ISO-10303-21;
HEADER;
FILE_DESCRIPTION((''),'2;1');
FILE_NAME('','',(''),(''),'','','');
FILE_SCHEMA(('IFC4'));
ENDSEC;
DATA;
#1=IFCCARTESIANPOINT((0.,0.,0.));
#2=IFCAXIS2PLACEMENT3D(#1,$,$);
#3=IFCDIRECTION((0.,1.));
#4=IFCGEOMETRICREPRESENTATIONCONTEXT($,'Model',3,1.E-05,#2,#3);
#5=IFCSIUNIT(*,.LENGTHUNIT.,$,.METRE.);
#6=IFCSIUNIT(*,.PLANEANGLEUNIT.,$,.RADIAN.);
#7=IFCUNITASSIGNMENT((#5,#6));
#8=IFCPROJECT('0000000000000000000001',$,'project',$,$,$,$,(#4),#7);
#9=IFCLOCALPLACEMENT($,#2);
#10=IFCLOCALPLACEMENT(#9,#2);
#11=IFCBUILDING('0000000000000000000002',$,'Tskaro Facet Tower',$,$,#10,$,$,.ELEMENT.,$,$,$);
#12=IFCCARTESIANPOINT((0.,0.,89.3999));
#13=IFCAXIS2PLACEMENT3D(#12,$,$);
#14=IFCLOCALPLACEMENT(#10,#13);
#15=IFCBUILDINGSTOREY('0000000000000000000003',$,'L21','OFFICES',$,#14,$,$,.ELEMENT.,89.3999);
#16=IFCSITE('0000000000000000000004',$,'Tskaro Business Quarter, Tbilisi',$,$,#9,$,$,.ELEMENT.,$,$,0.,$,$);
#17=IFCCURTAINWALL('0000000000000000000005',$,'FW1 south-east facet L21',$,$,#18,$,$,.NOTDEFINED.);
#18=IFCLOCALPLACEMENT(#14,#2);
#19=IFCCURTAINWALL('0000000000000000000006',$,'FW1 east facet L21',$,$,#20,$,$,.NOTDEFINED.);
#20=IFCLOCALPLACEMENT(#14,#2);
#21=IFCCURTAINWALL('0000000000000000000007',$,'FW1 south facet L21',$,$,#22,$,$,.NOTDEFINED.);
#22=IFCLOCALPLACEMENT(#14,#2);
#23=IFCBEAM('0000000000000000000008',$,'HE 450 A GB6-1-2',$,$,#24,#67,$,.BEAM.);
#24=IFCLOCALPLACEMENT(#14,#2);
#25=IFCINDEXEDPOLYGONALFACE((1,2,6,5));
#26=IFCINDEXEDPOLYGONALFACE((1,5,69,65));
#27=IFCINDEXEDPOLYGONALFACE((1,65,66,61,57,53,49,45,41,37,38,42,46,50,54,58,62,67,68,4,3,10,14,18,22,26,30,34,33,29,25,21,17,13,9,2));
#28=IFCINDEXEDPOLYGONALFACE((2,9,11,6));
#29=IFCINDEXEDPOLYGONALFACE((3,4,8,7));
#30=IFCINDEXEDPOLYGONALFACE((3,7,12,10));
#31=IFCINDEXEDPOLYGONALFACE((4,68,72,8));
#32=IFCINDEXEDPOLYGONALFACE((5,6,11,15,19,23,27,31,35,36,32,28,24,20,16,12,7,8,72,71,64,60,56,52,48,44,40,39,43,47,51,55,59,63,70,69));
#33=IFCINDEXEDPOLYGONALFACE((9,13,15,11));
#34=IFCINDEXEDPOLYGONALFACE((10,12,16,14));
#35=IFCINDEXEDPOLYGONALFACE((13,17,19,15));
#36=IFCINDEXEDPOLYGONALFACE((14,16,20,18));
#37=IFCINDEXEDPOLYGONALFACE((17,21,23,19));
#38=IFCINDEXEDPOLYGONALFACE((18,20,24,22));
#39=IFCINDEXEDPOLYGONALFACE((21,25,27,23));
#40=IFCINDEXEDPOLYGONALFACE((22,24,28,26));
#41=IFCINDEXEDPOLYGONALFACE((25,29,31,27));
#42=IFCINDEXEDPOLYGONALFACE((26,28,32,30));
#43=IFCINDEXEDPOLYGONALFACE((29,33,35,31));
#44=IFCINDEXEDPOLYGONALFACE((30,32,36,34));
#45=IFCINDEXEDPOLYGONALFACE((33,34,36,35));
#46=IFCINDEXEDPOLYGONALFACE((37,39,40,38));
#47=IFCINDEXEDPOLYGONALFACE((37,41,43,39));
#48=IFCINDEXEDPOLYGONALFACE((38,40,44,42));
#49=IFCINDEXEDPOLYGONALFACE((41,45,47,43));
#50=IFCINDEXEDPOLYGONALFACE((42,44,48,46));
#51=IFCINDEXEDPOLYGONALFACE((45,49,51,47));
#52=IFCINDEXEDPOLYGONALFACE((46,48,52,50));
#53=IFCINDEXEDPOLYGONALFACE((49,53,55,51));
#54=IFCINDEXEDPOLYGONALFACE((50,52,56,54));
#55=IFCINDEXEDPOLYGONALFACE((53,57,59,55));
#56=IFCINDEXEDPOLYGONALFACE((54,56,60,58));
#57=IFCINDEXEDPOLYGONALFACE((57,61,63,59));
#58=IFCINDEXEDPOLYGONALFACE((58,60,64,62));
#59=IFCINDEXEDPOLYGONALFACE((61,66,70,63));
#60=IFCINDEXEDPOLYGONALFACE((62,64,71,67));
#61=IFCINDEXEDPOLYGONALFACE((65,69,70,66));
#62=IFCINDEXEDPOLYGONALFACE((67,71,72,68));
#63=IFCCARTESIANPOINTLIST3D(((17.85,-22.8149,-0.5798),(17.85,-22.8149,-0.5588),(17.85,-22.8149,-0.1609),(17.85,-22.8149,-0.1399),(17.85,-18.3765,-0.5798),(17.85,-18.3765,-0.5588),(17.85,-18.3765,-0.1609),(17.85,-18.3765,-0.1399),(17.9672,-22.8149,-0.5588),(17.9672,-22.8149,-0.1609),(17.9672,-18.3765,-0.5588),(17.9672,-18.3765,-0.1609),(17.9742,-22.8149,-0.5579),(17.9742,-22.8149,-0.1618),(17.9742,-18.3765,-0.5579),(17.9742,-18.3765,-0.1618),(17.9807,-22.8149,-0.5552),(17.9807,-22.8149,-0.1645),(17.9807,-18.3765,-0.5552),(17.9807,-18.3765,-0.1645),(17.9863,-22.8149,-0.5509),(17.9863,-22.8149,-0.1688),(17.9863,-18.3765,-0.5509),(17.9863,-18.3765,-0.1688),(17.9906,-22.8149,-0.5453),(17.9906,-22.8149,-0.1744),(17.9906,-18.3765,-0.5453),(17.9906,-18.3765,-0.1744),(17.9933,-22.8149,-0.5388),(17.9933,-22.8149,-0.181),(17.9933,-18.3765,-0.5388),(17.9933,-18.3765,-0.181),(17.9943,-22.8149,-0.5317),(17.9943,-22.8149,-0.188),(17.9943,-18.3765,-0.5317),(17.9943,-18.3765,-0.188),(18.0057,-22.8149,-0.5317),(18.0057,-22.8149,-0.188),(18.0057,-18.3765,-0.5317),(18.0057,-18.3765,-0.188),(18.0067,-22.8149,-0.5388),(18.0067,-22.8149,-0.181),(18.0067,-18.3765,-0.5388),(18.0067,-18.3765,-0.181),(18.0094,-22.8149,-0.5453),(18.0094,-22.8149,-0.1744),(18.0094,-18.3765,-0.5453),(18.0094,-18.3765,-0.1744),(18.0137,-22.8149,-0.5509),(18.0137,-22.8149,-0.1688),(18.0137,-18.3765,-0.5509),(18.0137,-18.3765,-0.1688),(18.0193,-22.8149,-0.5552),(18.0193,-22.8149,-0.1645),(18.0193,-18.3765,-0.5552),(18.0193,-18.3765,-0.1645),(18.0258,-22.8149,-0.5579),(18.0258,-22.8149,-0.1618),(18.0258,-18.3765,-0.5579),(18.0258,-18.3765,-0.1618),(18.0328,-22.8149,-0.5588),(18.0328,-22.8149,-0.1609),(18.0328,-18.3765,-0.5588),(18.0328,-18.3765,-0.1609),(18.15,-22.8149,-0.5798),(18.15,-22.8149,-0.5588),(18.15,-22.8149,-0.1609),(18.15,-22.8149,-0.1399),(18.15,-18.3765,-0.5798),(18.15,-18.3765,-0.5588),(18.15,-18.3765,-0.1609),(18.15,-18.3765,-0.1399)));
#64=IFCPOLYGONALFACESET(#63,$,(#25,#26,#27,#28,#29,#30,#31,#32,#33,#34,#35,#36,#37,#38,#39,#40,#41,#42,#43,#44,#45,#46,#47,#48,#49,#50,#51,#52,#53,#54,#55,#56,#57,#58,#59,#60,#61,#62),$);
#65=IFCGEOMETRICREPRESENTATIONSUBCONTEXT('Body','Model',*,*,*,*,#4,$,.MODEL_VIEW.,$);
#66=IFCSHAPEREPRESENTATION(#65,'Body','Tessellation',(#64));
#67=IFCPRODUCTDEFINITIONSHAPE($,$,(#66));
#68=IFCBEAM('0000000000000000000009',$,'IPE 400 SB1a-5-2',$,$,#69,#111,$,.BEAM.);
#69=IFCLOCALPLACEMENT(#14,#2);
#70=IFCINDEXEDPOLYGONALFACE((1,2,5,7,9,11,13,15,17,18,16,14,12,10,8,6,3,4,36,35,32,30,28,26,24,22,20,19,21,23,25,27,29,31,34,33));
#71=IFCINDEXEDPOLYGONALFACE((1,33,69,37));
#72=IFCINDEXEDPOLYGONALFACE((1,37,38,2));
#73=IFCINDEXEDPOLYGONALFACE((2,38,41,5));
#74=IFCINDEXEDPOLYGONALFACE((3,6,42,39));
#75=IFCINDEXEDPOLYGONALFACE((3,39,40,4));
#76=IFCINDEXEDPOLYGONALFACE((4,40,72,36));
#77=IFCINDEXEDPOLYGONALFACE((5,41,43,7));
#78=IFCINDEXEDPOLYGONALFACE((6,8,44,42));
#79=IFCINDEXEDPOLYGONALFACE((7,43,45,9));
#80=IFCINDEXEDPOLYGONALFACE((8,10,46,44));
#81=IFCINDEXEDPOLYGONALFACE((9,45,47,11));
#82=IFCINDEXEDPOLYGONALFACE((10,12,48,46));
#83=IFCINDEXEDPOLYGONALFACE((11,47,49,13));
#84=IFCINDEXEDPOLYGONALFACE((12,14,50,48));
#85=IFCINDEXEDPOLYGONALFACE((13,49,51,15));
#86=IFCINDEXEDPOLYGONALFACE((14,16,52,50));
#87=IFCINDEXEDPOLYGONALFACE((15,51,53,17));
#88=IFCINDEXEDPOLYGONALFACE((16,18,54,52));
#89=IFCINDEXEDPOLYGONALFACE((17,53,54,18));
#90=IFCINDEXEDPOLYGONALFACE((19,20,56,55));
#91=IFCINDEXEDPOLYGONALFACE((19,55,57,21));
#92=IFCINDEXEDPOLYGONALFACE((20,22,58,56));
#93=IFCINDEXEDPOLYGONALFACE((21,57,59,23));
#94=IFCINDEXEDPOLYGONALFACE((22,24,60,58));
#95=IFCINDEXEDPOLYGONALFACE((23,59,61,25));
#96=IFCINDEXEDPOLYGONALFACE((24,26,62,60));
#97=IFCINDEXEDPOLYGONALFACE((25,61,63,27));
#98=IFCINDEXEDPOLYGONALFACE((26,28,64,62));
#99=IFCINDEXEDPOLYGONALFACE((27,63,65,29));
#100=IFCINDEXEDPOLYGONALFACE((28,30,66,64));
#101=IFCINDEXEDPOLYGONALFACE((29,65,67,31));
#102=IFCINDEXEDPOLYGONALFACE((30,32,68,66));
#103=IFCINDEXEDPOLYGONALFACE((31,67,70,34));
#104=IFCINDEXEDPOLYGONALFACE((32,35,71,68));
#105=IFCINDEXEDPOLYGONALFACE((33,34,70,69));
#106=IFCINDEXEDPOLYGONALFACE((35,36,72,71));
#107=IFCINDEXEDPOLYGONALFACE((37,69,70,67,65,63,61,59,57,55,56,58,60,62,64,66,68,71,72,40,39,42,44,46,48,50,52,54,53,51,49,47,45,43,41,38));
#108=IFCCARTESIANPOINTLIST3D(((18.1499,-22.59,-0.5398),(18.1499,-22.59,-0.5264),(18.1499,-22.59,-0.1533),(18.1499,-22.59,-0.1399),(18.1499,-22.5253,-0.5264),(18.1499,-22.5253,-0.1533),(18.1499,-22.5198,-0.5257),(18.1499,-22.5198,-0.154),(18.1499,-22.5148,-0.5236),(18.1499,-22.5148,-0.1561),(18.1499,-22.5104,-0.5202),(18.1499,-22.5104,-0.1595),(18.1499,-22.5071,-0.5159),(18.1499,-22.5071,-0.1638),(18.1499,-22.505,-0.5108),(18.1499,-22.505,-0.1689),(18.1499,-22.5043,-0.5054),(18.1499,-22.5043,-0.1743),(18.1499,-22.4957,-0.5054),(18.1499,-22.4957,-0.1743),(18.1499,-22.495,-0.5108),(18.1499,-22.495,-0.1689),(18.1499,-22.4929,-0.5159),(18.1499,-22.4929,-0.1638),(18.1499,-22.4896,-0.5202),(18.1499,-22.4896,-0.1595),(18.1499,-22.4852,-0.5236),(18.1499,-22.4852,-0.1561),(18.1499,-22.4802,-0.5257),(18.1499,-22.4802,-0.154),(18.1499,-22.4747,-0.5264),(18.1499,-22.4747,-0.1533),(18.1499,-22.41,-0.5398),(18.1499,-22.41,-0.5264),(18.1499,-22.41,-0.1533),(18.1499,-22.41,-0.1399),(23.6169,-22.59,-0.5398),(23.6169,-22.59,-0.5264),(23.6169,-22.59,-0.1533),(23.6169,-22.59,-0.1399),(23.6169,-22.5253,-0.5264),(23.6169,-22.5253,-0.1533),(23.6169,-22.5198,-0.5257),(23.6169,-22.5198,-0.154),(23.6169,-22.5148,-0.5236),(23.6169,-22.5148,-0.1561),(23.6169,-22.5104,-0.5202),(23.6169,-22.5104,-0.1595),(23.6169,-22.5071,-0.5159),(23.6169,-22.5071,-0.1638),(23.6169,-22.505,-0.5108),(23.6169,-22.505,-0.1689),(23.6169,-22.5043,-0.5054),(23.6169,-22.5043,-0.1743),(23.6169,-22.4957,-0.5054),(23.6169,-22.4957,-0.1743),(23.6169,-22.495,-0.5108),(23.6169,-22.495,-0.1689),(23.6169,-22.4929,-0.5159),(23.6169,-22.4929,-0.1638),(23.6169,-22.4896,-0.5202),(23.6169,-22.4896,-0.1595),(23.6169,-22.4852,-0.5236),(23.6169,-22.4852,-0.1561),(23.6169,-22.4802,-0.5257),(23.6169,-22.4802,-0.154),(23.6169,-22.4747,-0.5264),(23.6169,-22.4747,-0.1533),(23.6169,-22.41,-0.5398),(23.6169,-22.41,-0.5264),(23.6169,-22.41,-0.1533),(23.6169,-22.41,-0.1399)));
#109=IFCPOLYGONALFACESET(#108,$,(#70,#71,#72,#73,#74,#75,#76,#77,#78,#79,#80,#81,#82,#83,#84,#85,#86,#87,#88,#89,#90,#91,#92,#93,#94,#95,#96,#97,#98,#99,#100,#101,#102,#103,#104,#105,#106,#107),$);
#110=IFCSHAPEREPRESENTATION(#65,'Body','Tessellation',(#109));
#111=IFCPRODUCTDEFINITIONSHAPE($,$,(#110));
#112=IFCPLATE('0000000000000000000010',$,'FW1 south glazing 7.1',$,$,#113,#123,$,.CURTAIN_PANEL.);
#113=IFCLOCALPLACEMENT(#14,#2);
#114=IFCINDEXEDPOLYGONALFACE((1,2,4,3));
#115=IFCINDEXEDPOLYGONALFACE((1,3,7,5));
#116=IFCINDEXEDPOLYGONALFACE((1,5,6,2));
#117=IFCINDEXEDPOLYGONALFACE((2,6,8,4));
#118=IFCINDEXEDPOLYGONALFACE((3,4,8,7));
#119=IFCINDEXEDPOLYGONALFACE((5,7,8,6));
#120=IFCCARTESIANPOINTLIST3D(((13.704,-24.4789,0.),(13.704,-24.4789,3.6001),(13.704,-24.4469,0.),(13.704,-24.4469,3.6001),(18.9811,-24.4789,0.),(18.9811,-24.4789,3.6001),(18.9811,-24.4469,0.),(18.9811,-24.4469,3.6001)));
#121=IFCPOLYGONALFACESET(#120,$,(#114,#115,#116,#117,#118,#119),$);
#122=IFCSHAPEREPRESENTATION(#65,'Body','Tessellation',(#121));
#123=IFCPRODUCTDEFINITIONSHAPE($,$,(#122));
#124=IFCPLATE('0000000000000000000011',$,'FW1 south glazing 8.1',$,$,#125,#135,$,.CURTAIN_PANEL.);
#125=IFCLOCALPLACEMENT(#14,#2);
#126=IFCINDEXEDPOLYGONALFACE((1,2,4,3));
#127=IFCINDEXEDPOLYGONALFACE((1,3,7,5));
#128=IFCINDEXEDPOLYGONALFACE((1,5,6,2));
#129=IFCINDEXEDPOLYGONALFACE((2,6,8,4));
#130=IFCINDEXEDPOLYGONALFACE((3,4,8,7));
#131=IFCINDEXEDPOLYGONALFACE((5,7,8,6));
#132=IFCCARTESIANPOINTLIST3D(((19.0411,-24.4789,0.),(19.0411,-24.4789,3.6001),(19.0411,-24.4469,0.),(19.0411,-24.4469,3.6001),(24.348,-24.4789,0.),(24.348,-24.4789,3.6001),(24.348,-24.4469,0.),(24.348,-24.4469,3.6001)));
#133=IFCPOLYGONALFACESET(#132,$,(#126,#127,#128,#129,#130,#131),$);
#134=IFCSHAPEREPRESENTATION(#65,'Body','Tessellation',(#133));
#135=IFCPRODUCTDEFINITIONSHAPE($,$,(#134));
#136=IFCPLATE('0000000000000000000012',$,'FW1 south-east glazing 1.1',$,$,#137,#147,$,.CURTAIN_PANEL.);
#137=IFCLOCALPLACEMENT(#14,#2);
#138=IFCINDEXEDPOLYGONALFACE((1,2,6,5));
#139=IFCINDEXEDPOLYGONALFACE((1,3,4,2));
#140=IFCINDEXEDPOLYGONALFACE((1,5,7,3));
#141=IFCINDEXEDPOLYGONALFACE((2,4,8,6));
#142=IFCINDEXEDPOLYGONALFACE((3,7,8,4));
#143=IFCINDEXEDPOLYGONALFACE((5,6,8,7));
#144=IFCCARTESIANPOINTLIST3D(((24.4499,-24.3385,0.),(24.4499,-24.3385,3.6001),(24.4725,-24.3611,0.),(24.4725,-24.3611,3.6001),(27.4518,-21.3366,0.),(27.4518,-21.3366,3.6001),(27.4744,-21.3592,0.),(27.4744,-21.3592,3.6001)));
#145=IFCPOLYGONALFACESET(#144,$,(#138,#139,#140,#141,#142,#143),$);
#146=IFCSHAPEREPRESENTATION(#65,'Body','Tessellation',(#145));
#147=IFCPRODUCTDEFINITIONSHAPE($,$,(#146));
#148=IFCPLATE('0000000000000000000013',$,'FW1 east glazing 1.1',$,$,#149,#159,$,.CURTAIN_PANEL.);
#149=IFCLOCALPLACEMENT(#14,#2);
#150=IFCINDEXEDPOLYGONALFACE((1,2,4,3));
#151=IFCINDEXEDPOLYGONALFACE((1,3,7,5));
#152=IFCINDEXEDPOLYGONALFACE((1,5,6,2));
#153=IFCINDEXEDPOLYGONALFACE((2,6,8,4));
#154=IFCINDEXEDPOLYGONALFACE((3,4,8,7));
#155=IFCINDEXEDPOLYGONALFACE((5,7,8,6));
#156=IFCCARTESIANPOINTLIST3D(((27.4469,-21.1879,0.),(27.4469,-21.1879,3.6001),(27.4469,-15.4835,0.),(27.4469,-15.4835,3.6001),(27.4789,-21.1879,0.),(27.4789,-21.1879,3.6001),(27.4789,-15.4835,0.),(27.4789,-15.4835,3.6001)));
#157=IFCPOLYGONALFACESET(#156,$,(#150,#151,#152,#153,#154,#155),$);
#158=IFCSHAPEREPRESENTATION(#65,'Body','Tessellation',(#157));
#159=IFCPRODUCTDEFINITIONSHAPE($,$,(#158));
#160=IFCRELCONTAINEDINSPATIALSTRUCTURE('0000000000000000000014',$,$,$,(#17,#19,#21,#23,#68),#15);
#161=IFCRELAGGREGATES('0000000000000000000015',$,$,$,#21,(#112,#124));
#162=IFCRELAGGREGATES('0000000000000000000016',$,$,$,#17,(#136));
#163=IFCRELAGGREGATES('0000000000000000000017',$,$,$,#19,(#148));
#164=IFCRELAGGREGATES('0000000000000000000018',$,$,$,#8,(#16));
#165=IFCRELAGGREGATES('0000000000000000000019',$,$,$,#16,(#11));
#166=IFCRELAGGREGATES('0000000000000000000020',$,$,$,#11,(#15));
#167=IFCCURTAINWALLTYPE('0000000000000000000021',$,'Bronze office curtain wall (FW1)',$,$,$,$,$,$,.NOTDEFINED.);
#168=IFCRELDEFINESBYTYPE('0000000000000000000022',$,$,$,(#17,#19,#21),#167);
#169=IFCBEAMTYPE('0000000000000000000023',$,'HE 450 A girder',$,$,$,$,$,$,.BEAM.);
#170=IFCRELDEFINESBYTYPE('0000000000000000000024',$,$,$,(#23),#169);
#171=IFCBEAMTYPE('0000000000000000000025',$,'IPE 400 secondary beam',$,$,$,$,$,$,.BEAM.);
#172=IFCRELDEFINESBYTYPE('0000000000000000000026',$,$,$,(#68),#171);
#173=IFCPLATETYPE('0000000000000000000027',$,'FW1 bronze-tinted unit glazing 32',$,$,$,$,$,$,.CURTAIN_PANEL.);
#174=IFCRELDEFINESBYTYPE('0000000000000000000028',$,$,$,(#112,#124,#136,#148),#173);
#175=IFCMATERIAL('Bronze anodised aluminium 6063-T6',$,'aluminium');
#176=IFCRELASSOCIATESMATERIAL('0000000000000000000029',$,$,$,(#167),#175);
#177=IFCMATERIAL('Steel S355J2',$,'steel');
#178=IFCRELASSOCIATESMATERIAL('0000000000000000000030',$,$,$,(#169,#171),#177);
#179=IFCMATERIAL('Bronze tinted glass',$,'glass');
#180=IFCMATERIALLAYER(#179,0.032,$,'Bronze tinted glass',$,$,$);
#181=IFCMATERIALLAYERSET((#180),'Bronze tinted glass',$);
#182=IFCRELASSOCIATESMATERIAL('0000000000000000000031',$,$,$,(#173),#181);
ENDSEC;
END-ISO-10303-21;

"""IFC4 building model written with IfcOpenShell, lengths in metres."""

from ifc_helpers import new_model, si_unit, direction, frame, origin, origin_2d, place, context, subcontext, project, spatial, rectangle, i_section, extrude, material, layer, layer_set, material_profile, profile_set, type_object, element, aggregate, save


model = new_model("IFC4")

# Units and contexts
model_context = context("Model", 3, precision=1e-05, world=origin(), true_north=direction((0.0, 1.0)))
body_context = subcontext(model_context, "Body", "Model", "MODEL_VIEW")
ifc_project = project(units=[si_unit("LENGTHUNIT", "METRE"), si_unit("PLANEANGLEUNIT", "RADIAN")], contexts=[model_context])

# Site, building, storey
site_placement = place(None, origin())
site = spatial("IfcSite", under=ifc_project, at=site_placement, Name="Tskaro Business Quarter, Tbilisi", CompositionType="ELEMENT", RefElevation=0.0)
building_placement = place(site_placement, origin())
building = spatial("IfcBuilding", under=site, at=building_placement, Name="Tskaro Facet Tower", CompositionType="ELEMENT")
storey_placement = place(building_placement, frame((0.0, 0.0, 89.3999)))
storey = spatial("IfcBuildingStorey", under=building, at=storey_placement, Name="L21", Description="OFFICES", CompositionType="ELEMENT", Elevation=89.3999)

# Curtain walls
ifc_material_1 = material(Name="Bronze anodised aluminium 6063-T6", Category="aluminium")
curtain_wall_type = type_object("IfcCurtainWallType", Name="Bronze office curtain wall (FW1)", PredefinedType="NOTDEFINED", material=ifc_material_1)
curtain_wall_1_placement = place(storey_placement, origin())
curtain_wall_1 = element("IfcCurtainWall", 1, at=curtain_wall_1_placement, inside=storey, type_object=curtain_wall_type, Name="FW1 south-east facet L21", PredefinedType="NOTDEFINED")
curtain_wall_2_placement = place(storey_placement, origin())
curtain_wall_2 = element("IfcCurtainWall", 2, at=curtain_wall_2_placement, inside=storey, type_object=curtain_wall_type, Name="FW1 east facet L21", PredefinedType="NOTDEFINED")

# Curtain wall
curtain_wall_3_placement = place(storey_placement, origin())
curtain_wall_3 = element("IfcCurtainWall", 3, at=curtain_wall_3_placement, inside=storey, type_object=curtain_wall_type, Name="FW1 south facet L21", PredefinedType="NOTDEFINED")

# Beams
ifc_material_2 = material(Name="Steel S355J2", Category="steel")
ifc_material_profile_1 = material_profile(ifc_material_2, i_section(OverallWidth=0.3, OverallDepth=0.4399, WebThickness=0.0115, FlangeThickness=0.021, FilletRadius=0.0271, at=origin_2d()), Name="HE 450 A")
ifc_profile_set_1 = profile_set([ifc_material_profile_1], Name="Steel S355J2")
beam_type_1 = type_object("IfcBeamType", Name="HE 450 A girder", PredefinedType="BEAM", material=ifc_profile_set_1)
beam_1_placement = place(storey_placement, frame((18.0, -22.8149, -0.3599), z_axis=(0.0, 1.0, 0.0), x_axis=(-1.0, 0.0, 0.0)))
element("IfcBeam", 4, at=beam_1_placement, inside=storey, type_object=beam_type_1, Name="HE 450 A GB6-1-2", PredefinedType="BEAM", context=body_context, shape_type="SweptSolid", body=[
    extrude(i_section(OverallWidth=0.3, OverallDepth=0.4399, WebThickness=0.0115, FlangeThickness=0.021, FilletRadius=0.0271, at=origin_2d()), origin(), (0.0, 0.0, 1.0), 4.4385),
])
ifc_material_profile_2 = material_profile(ifc_material_2, i_section(OverallWidth=0.1799, OverallDepth=0.3999, WebThickness=0.0085, FlangeThickness=0.0134, FilletRadius=0.021, at=origin_2d()), Name="IPE 400")
ifc_profile_set_2 = profile_set([ifc_material_profile_2], Name="Steel S355J2")
beam_type_2 = type_object("IfcBeamType", Name="IPE 400 secondary beam", PredefinedType="BEAM", material=ifc_profile_set_2)
beam_2_placement = place(storey_placement, frame((18.1499, -22.5, -0.3398), z_axis=(1.0, 0.0, 0.0), x_axis=(0.0, 1.0, 0.0)))
element("IfcBeam", 5, at=beam_2_placement, inside=storey, type_object=beam_type_2, Name="IPE 400 SB1a-5-2", PredefinedType="BEAM", context=body_context, shape_type="SweptSolid", body=[
    extrude(i_section(OverallWidth=0.1799, OverallDepth=0.3999, WebThickness=0.0085, FlangeThickness=0.0134, FilletRadius=0.021, at=origin_2d()), origin(), (0.0, 0.0, 1.0), 5.467),
])

# Plates
ifc_material_3 = material(Name="Bronze tinted glass", Category="glass")
ifc_layer_1 = layer(ifc_material_3, 0.032, Name="Bronze tinted glass")
ifc_layer_set_1 = layer_set([ifc_layer_1], Name="Bronze tinted glass")
plate_type = type_object("IfcPlateType", Name="FW1 bronze-tinted unit glazing 32", PredefinedType="CURTAIN_PANEL", material=ifc_layer_set_1)
plate_1_placement = place(storey_placement, frame((16.3425, -24.4629, 0.0), z_axis=(0.0, 0.0, 1.0), x_axis=(1.0, 0.0, 0.0)))
plate_1 = element("IfcPlate", 6, at=plate_1_placement, type_object=plate_type, Name="FW1 south glazing 7.1", PredefinedType="CURTAIN_PANEL", context=body_context, shape_type="SweptSolid", body=[
    extrude(rectangle(XDim=5.2771, YDim=0.032, at=origin_2d()), origin(), (0.0, 0.0, 1.0), 3.6001),
])
plate_2_placement = place(storey_placement, frame((21.6946, -24.4629, 0.0), z_axis=(0.0, 0.0, 1.0), x_axis=(1.0, 0.0, 0.0)))
plate_2 = element("IfcPlate", 7, at=plate_2_placement, type_object=plate_type, Name="FW1 south glazing 8.1", PredefinedType="CURTAIN_PANEL", context=body_context, shape_type="SweptSolid", body=[
    extrude(rectangle(XDim=5.3069, YDim=0.032, at=origin_2d()), origin(), (0.0, 0.0, 1.0), 3.6001),
])
aggregate(curtain_wall_3, [plate_1, plate_2])
plate_3_placement = place(storey_placement, frame((25.9622, -22.8489, 0.0), z_axis=(0.0, 0.0, 1.0), x_axis=(0.707107, 0.707107, 0.0)))
plate_3 = element("IfcPlate", 8, at=plate_3_placement, type_object=plate_type, Name="FW1 south-east glazing 1.1", PredefinedType="CURTAIN_PANEL", context=body_context, shape_type="SweptSolid", body=[
    extrude(rectangle(XDim=4.2454, YDim=0.032, at=origin_2d()), origin(), (0.0, 0.0, 1.0), 3.6001),
])
aggregate(curtain_wall_1, [plate_3])
plate_4_placement = place(storey_placement, frame((27.4629, -18.3357, 0.0), z_axis=(0.0, 0.0, 1.0), x_axis=(0.0, 1.0, 0.0)))
plate_4 = element("IfcPlate", 9, at=plate_4_placement, type_object=plate_type, Name="FW1 east glazing 1.1", PredefinedType="CURTAIN_PANEL", context=body_context, shape_type="SweptSolid", body=[
    extrude(rectangle(XDim=5.7043, YDim=0.032, at=origin_2d()), origin(), (0.0, 0.0, 1.0), 3.6001),
])
aggregate(curtain_wall_2, [plate_4])

save(model, "model.ifc")
